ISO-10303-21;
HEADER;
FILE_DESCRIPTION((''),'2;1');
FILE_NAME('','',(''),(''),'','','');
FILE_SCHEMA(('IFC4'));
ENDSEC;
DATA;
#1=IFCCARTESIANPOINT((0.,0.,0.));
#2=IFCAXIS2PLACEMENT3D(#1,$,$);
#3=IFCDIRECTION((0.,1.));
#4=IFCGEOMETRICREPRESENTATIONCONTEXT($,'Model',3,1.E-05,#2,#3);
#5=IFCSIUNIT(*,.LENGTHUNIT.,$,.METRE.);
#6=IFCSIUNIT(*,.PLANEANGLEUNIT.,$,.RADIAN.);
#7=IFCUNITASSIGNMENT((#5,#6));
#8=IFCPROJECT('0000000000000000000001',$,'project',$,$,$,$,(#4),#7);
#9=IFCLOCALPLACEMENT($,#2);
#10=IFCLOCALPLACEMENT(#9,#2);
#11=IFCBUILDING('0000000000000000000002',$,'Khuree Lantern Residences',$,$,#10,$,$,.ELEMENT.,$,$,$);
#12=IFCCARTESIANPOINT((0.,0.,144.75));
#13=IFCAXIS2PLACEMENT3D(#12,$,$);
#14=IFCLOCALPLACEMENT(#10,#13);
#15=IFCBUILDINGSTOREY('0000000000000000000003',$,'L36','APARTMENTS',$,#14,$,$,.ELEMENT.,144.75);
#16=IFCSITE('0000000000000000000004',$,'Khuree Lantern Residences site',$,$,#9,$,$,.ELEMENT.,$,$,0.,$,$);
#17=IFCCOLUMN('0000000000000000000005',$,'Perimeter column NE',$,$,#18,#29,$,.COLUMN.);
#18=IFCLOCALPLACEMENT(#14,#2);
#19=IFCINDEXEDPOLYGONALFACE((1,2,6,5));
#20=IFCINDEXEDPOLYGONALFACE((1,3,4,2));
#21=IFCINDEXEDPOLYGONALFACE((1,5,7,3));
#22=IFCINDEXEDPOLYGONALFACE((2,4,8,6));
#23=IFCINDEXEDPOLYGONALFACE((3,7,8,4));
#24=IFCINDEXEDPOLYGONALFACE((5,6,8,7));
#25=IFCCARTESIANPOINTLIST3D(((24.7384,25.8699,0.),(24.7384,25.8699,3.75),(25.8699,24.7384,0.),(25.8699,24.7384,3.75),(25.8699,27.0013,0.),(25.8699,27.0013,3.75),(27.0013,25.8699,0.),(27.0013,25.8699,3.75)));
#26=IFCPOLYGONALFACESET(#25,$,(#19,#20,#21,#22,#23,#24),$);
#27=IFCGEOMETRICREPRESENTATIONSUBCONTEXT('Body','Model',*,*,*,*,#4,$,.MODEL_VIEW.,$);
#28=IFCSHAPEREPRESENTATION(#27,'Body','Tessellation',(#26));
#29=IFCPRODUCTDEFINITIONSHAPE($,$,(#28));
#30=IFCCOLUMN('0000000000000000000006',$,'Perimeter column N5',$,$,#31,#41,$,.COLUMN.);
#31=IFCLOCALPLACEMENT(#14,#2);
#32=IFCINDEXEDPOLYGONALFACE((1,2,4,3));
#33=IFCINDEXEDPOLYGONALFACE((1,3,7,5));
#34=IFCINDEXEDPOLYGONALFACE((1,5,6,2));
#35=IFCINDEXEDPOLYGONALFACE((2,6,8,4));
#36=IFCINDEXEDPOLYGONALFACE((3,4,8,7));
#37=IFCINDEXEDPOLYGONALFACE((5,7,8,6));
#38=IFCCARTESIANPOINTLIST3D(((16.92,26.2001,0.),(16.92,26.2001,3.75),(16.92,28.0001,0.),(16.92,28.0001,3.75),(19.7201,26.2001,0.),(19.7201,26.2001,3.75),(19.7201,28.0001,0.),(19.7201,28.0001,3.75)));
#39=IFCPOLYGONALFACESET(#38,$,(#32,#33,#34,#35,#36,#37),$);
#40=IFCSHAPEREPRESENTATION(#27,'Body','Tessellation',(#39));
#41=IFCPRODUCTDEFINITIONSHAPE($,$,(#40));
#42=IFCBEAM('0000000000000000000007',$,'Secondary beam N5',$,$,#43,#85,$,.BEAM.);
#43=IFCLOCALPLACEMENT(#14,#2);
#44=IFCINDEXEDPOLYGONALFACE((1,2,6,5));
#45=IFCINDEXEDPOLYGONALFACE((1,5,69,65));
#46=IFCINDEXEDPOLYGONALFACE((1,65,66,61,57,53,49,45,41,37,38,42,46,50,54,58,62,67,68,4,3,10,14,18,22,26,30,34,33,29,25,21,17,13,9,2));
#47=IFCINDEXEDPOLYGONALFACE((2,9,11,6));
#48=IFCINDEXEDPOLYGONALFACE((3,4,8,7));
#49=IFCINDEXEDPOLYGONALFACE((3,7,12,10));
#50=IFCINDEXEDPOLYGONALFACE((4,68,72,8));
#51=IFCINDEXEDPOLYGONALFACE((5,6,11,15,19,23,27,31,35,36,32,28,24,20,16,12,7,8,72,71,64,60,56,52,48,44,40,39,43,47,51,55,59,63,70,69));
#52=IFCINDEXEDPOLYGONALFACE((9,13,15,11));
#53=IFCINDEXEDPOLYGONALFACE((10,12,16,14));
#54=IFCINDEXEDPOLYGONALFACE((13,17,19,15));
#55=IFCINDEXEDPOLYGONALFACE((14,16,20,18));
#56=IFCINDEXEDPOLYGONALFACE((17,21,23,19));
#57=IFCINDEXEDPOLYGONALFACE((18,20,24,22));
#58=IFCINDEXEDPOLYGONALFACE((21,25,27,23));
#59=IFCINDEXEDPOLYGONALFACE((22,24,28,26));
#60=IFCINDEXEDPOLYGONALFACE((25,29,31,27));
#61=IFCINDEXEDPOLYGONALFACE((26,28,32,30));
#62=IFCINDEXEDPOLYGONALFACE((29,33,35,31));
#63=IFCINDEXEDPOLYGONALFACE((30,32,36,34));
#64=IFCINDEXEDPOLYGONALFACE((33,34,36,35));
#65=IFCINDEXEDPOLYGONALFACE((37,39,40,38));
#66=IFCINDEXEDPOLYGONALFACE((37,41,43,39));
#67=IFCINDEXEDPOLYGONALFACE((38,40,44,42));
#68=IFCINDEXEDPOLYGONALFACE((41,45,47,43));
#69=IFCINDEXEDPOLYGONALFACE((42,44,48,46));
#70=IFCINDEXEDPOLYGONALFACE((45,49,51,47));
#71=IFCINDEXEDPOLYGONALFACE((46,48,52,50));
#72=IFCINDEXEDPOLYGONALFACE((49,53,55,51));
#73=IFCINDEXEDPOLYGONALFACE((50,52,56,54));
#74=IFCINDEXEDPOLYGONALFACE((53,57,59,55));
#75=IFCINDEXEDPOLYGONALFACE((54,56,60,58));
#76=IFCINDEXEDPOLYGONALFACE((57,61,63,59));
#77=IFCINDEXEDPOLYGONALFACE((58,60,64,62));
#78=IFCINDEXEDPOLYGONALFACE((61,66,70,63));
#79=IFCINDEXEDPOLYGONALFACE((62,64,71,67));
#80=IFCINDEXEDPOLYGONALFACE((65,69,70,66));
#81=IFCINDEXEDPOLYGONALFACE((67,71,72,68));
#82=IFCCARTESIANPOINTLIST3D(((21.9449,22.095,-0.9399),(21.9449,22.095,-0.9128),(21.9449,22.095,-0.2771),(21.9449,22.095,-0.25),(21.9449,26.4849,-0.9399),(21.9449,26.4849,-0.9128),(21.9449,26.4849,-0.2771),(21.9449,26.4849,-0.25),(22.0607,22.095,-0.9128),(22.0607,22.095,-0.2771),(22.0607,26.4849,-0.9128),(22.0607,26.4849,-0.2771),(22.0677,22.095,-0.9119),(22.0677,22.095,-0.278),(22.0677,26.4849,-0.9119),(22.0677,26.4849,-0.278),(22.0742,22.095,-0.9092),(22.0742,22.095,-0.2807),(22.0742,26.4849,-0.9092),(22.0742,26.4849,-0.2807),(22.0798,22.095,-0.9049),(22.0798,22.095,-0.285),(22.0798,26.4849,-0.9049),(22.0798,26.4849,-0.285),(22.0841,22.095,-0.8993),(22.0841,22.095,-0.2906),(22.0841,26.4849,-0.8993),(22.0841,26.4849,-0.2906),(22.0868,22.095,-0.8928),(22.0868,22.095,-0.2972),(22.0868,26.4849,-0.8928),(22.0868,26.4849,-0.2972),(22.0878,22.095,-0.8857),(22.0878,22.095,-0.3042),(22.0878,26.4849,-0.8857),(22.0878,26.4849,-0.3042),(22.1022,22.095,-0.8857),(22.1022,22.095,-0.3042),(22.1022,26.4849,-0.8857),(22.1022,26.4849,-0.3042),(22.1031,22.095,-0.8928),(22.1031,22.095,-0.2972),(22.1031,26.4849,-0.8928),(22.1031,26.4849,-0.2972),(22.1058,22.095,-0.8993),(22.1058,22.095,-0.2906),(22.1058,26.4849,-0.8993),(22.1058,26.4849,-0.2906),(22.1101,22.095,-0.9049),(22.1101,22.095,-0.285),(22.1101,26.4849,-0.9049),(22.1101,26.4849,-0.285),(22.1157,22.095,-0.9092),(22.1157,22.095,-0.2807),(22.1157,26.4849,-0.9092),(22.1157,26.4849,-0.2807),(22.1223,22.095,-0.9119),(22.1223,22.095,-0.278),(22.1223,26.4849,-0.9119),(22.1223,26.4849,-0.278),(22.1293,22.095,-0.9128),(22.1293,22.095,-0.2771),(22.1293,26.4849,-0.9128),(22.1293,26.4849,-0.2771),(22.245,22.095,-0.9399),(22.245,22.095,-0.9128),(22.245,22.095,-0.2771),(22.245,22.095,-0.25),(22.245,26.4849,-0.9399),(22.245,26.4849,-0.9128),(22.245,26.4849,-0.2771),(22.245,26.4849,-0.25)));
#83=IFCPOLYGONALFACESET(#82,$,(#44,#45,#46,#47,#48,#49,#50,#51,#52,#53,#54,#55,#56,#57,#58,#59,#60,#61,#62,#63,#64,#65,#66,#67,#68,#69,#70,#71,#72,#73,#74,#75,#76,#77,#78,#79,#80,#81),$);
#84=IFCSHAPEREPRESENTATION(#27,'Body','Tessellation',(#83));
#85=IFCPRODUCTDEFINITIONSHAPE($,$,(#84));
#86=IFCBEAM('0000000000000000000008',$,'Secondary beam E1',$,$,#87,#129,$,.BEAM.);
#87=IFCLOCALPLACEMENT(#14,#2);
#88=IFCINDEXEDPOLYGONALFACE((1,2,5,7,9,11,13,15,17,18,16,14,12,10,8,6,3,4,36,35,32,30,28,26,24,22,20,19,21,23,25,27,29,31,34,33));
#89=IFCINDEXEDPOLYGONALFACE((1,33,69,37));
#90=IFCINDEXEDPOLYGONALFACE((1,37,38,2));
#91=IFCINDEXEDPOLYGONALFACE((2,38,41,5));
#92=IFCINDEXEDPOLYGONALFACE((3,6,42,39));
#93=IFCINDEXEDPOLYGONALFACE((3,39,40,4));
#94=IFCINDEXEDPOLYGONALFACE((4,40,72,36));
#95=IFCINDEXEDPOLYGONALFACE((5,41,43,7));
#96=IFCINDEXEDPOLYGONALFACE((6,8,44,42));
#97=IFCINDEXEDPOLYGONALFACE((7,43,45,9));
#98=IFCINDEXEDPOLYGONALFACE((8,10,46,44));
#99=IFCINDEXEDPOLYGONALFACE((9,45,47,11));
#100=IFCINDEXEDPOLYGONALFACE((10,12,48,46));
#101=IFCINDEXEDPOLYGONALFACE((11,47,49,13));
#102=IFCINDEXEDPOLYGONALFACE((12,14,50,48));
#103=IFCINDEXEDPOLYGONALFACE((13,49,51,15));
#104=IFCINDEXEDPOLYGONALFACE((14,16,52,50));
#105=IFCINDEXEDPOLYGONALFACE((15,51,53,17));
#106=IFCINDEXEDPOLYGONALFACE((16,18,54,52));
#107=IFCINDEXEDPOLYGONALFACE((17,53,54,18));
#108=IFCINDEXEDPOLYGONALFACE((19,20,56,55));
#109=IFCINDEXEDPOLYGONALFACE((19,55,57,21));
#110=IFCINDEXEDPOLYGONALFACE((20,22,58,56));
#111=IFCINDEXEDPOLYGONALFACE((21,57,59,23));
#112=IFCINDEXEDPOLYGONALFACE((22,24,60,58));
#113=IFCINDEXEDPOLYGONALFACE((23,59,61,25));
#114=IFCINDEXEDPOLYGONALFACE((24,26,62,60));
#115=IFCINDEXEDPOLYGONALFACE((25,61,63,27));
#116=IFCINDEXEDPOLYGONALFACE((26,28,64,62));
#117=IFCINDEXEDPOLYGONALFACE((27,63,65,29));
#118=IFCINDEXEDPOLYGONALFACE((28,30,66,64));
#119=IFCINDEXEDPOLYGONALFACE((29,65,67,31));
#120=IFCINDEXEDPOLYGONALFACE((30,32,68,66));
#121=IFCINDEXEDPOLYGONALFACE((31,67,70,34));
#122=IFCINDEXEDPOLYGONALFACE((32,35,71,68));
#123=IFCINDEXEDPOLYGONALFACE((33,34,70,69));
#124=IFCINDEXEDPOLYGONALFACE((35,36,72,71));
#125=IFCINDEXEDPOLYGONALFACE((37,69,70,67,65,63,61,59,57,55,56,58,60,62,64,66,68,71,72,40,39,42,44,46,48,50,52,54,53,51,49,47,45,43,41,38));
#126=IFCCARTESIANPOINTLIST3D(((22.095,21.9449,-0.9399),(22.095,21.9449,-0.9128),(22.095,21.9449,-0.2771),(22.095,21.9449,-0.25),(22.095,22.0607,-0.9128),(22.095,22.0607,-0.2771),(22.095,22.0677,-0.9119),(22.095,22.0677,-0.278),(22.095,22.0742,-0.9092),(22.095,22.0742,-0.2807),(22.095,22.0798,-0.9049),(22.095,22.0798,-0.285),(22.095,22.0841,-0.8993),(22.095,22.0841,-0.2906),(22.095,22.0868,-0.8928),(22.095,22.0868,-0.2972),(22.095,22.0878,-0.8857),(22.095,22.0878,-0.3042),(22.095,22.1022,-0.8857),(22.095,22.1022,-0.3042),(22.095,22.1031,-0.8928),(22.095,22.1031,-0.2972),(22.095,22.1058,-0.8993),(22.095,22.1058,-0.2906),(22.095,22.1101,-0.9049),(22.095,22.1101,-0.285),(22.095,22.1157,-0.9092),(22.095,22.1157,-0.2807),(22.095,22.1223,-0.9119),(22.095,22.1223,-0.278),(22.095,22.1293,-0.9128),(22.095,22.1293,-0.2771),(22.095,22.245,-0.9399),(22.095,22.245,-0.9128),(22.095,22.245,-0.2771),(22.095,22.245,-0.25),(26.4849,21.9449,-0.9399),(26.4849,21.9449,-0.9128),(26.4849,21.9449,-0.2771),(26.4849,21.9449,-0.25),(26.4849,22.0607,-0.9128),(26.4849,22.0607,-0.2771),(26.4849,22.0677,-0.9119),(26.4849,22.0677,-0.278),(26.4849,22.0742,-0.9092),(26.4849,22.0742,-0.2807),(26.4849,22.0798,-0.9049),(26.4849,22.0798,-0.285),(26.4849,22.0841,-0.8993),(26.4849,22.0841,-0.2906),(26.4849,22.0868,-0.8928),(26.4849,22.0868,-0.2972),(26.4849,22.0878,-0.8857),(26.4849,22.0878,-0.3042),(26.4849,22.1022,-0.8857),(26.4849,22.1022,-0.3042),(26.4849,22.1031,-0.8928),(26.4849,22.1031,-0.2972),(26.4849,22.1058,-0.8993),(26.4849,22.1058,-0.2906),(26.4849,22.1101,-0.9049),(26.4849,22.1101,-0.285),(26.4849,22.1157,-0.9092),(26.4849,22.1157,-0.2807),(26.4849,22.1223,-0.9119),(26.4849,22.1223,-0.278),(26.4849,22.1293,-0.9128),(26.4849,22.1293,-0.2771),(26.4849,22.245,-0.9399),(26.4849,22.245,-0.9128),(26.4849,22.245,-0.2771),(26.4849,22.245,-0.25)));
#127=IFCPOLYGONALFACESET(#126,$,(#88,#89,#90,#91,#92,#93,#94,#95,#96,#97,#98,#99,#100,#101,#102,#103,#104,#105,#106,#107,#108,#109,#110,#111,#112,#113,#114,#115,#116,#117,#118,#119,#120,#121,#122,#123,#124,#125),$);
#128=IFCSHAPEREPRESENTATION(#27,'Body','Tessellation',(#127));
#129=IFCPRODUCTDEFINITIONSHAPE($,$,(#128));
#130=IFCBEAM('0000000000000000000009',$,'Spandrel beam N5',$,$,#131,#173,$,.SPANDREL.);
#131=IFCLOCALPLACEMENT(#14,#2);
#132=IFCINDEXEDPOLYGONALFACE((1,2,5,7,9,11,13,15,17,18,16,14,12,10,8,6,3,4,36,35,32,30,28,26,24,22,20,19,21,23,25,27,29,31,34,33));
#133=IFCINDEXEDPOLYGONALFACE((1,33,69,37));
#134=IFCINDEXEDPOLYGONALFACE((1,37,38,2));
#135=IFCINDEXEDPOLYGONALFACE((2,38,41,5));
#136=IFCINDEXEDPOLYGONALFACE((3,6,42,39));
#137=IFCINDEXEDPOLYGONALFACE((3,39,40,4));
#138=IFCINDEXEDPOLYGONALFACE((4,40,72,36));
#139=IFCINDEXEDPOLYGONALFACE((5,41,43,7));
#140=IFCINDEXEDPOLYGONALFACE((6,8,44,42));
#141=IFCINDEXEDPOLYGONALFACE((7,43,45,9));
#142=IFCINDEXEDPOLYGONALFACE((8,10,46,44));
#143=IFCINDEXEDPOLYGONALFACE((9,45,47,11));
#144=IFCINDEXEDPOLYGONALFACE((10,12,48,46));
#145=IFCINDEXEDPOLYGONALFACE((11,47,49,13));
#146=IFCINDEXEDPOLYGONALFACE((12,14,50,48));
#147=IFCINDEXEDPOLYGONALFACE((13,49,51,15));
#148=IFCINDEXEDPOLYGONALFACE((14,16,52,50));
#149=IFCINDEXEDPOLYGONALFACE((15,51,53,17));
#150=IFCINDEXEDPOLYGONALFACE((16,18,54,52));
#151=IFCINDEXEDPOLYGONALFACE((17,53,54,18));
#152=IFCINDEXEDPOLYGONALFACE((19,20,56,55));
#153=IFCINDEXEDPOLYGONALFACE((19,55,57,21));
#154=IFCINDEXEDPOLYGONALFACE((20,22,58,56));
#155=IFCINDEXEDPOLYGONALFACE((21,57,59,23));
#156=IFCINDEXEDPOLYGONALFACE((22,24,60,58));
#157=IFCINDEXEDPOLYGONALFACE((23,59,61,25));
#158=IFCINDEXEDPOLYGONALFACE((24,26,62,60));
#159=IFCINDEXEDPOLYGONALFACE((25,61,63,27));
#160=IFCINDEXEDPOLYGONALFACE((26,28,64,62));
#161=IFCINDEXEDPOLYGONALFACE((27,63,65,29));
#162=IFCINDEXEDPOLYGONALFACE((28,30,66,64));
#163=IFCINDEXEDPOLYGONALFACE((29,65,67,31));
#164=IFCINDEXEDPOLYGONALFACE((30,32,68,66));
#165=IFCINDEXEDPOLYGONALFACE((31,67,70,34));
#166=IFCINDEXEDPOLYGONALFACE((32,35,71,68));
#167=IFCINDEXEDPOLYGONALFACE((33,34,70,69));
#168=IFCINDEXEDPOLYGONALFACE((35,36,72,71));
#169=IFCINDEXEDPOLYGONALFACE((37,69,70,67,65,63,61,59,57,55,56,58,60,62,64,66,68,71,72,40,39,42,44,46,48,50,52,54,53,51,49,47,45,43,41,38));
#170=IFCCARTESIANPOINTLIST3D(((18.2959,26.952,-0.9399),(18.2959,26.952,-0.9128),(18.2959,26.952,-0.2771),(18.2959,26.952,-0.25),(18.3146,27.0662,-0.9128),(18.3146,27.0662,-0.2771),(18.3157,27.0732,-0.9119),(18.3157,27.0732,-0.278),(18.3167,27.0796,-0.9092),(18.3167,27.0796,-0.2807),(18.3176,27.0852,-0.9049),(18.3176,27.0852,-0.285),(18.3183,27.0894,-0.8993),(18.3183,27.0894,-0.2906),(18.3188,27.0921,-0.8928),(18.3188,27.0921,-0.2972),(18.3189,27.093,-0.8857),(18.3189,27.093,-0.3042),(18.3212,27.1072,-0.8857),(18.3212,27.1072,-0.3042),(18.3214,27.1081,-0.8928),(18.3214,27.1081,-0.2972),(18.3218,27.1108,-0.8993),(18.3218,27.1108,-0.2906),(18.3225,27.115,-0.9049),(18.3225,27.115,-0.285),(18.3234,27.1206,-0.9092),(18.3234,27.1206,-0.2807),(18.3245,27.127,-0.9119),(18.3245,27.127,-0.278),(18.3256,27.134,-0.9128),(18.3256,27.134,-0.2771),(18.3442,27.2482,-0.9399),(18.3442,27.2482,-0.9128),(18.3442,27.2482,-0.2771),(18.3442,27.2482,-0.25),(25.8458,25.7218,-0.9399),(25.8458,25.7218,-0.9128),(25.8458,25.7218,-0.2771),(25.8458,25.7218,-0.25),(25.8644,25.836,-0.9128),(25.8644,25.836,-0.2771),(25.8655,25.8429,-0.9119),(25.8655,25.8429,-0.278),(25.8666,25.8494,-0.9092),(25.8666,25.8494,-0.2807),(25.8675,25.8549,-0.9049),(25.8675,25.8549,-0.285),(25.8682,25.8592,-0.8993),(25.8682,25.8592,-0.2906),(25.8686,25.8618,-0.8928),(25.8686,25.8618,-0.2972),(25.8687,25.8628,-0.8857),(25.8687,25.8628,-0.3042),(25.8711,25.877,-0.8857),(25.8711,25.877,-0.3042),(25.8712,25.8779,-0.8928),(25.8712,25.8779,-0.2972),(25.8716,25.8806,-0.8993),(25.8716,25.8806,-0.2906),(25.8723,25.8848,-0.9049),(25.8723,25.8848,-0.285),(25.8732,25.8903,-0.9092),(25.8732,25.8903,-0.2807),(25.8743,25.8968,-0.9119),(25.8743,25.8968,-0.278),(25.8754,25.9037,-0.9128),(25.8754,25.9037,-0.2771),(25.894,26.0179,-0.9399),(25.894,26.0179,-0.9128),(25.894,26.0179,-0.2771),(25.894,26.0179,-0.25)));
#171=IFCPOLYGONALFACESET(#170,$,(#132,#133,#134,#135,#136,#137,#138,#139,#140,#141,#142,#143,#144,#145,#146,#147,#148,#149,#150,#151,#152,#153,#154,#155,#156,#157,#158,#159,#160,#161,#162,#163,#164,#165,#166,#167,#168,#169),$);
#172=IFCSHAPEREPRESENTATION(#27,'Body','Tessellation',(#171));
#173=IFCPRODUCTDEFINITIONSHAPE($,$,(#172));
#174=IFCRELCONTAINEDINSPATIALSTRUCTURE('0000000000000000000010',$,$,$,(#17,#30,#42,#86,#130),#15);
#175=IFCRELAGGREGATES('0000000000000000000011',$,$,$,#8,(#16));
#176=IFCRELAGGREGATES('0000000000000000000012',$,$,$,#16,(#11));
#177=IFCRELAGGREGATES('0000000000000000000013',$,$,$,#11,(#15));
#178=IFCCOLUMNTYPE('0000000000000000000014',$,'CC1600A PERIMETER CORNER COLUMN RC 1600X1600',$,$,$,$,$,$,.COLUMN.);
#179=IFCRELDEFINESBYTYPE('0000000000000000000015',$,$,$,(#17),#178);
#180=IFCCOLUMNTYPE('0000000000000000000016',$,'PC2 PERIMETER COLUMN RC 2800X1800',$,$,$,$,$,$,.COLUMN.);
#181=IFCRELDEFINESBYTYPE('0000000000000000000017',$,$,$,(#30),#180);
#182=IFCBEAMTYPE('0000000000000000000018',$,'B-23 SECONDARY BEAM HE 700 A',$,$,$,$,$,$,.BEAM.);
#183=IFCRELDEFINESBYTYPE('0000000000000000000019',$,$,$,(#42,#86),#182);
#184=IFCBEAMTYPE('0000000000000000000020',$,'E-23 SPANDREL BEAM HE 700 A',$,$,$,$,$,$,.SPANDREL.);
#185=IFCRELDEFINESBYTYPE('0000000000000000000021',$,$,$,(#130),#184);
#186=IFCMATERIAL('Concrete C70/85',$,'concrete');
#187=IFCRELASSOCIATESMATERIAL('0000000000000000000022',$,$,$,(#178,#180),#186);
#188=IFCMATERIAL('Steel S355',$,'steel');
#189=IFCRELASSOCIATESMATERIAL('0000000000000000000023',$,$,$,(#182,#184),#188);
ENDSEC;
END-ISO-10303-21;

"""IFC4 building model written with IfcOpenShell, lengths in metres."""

from ifc_helpers import new_model, si_unit, direction, frame, origin, origin_2d, place, context, subcontext, project, spatial, rectangle, i_section, extrude, material, material_profile, profile_set, type_object, element, save


model = new_model("IFC4")

# Units and contexts
model_context = context("Model", 3, precision=1e-05, world=origin(), true_north=direction((0.0, 1.0)))
body_context = subcontext(model_context, "Body", "Model", "MODEL_VIEW")
ifc_project = project(units=[si_unit("LENGTHUNIT", "METRE"), si_unit("PLANEANGLEUNIT", "RADIAN")], contexts=[model_context])

# Site, building, storey
site_placement = place(None, origin())
site = spatial("IfcSite", under=ifc_project, at=site_placement, Name="Khuree Lantern Residences site", CompositionType="ELEMENT", RefElevation=0.0)
building_placement = place(site_placement, origin())
building = spatial("IfcBuilding", under=site, at=building_placement, Name="Khuree Lantern Residences", CompositionType="ELEMENT")
storey_placement = place(building_placement, frame((0.0, 0.0, 144.75)))
storey = spatial("IfcBuildingStorey", under=building, at=storey_placement, Name="L36", Description="APARTMENTS", CompositionType="ELEMENT", Elevation=144.75)

# Columns
ifc_material_1 = material(Name="Concrete C70/85", Category="concrete")
ifc_material_profile_1 = material_profile(ifc_material_1, rectangle(XDim=1.6001, YDim=1.6001, at=origin_2d()), Name="RC 1600X1600")
ifc_profile_set_1 = profile_set([ifc_material_profile_1], Name="Concrete C70/85")
column_type_1 = type_object("IfcColumnType", Name="CC1600A PERIMETER CORNER COLUMN RC 1600X1600", PredefinedType="COLUMN", material=ifc_profile_set_1)
column_1_placement = place(storey_placement, frame((25.8699, 25.8699, 0.0), z_axis=(0.0, 0.0, 1.0), x_axis=(0.707107, -0.707107, 0.0)))
element("IfcColumn", 1, at=column_1_placement, inside=storey, type_object=column_type_1, Name="Perimeter column NE", PredefinedType="COLUMN", context=body_context, shape_type="SweptSolid", body=[
    extrude(rectangle(XDim=1.6001, YDim=1.6001, at=origin_2d()), origin(), (0.0, 0.0, 1.0), 3.75),
])
ifc_material_profile_2 = material_profile(ifc_material_1, rectangle(XDim=2.8, YDim=1.8, at=origin_2d()), Name="RC 2800X1800")
ifc_profile_set_2 = profile_set([ifc_material_profile_2], Name="Concrete C70/85")
column_type_2 = type_object("IfcColumnType", Name="PC2 PERIMETER COLUMN RC 2800X1800", PredefinedType="COLUMN", material=ifc_profile_set_2)
column_2_placement = place(storey_placement, frame((18.3201, 27.1001, 0.0), z_axis=(0.0, 0.0, 1.0), x_axis=(1.0, 0.0, 0.0)))
element("IfcColumn", 2, at=column_2_placement, inside=storey, type_object=column_type_2, Name="Perimeter column N5", PredefinedType="COLUMN", context=body_context, shape_type="SweptSolid", body=[
    extrude(rectangle(XDim=2.8, YDim=1.8, at=origin_2d()), origin(), (0.0, 0.0, 1.0), 3.75),
])

# Beams
ifc_material_2 = material(Name="Steel S355", Category="steel")
ifc_material_profile_3 = material_profile(ifc_material_2, i_section(OverallWidth=0.3, OverallDepth=0.6899, WebThickness=0.0144, FlangeThickness=0.0271, FilletRadius=0.0271, at=origin_2d()), Name="HE 700 A")
ifc_profile_set_3 = profile_set([ifc_material_profile_3], Name="Steel S355")
beam_type_1 = type_object("IfcBeamType", Name="B-23 SECONDARY BEAM HE 700 A", PredefinedType="BEAM", material=ifc_profile_set_3)
for number, where, z_axis, x_axis, name in (
    (3, (22.095, 26.4849, -0.595), (0.0, -1.0, 0.0), (1.0, 0.0, 0.0), "Secondary beam N5"),
    (4, (26.4849, 22.095, -0.595), (-1.0, 0.0, 0.0), (0.0, -1.0, 0.0), "Secondary beam E1"),
):
    element("IfcBeam", number, at=place(storey_placement, frame(where, z_axis=z_axis, x_axis=x_axis)), inside=storey, type_object=beam_type_1, Name=name, PredefinedType="BEAM", context=body_context, shape_type="SweptSolid", body=[
        extrude(i_section(OverallWidth=0.3, OverallDepth=0.6899, WebThickness=0.0144, FlangeThickness=0.0271, FilletRadius=0.0271, at=origin_2d()), origin(), (0.0, 0.0, 1.0), 4.3899),
    ])
ifc_material_profile_4 = material_profile(ifc_material_2, i_section(OverallWidth=0.3, OverallDepth=0.6899, WebThickness=0.0144, FlangeThickness=0.0271, FilletRadius=0.0271, at=origin_2d()), Name="HE 700 A")
ifc_profile_set_4 = profile_set([ifc_material_profile_4], Name="Steel S355")
beam_type_2 = type_object("IfcBeamType", Name="E-23 SPANDREL BEAM HE 700 A", PredefinedType="SPANDREL", material=ifc_profile_set_4)
for number, where, z_axis, x_axis, name in (
    (5, (18.3201, 27.1001, -0.595), (0.986983, -0.160827, 0.0), (0.160827, 0.986983, 0.0), "Spandrel beam N5"),
):
    element("IfcBeam", number, at=place(storey_placement, frame(where, z_axis=z_axis, x_axis=x_axis)), inside=storey, type_object=beam_type_2, Name=name, PredefinedType="SPANDREL", context=body_context, shape_type="SweptSolid", body=[
        extrude(i_section(OverallWidth=0.3, OverallDepth=0.6899, WebThickness=0.0144, FlangeThickness=0.0271, FilletRadius=0.0271, at=origin_2d()), origin(), (0.0, 0.0, 1.0), 7.6494),
    ])

save(model, "model.ifc")
